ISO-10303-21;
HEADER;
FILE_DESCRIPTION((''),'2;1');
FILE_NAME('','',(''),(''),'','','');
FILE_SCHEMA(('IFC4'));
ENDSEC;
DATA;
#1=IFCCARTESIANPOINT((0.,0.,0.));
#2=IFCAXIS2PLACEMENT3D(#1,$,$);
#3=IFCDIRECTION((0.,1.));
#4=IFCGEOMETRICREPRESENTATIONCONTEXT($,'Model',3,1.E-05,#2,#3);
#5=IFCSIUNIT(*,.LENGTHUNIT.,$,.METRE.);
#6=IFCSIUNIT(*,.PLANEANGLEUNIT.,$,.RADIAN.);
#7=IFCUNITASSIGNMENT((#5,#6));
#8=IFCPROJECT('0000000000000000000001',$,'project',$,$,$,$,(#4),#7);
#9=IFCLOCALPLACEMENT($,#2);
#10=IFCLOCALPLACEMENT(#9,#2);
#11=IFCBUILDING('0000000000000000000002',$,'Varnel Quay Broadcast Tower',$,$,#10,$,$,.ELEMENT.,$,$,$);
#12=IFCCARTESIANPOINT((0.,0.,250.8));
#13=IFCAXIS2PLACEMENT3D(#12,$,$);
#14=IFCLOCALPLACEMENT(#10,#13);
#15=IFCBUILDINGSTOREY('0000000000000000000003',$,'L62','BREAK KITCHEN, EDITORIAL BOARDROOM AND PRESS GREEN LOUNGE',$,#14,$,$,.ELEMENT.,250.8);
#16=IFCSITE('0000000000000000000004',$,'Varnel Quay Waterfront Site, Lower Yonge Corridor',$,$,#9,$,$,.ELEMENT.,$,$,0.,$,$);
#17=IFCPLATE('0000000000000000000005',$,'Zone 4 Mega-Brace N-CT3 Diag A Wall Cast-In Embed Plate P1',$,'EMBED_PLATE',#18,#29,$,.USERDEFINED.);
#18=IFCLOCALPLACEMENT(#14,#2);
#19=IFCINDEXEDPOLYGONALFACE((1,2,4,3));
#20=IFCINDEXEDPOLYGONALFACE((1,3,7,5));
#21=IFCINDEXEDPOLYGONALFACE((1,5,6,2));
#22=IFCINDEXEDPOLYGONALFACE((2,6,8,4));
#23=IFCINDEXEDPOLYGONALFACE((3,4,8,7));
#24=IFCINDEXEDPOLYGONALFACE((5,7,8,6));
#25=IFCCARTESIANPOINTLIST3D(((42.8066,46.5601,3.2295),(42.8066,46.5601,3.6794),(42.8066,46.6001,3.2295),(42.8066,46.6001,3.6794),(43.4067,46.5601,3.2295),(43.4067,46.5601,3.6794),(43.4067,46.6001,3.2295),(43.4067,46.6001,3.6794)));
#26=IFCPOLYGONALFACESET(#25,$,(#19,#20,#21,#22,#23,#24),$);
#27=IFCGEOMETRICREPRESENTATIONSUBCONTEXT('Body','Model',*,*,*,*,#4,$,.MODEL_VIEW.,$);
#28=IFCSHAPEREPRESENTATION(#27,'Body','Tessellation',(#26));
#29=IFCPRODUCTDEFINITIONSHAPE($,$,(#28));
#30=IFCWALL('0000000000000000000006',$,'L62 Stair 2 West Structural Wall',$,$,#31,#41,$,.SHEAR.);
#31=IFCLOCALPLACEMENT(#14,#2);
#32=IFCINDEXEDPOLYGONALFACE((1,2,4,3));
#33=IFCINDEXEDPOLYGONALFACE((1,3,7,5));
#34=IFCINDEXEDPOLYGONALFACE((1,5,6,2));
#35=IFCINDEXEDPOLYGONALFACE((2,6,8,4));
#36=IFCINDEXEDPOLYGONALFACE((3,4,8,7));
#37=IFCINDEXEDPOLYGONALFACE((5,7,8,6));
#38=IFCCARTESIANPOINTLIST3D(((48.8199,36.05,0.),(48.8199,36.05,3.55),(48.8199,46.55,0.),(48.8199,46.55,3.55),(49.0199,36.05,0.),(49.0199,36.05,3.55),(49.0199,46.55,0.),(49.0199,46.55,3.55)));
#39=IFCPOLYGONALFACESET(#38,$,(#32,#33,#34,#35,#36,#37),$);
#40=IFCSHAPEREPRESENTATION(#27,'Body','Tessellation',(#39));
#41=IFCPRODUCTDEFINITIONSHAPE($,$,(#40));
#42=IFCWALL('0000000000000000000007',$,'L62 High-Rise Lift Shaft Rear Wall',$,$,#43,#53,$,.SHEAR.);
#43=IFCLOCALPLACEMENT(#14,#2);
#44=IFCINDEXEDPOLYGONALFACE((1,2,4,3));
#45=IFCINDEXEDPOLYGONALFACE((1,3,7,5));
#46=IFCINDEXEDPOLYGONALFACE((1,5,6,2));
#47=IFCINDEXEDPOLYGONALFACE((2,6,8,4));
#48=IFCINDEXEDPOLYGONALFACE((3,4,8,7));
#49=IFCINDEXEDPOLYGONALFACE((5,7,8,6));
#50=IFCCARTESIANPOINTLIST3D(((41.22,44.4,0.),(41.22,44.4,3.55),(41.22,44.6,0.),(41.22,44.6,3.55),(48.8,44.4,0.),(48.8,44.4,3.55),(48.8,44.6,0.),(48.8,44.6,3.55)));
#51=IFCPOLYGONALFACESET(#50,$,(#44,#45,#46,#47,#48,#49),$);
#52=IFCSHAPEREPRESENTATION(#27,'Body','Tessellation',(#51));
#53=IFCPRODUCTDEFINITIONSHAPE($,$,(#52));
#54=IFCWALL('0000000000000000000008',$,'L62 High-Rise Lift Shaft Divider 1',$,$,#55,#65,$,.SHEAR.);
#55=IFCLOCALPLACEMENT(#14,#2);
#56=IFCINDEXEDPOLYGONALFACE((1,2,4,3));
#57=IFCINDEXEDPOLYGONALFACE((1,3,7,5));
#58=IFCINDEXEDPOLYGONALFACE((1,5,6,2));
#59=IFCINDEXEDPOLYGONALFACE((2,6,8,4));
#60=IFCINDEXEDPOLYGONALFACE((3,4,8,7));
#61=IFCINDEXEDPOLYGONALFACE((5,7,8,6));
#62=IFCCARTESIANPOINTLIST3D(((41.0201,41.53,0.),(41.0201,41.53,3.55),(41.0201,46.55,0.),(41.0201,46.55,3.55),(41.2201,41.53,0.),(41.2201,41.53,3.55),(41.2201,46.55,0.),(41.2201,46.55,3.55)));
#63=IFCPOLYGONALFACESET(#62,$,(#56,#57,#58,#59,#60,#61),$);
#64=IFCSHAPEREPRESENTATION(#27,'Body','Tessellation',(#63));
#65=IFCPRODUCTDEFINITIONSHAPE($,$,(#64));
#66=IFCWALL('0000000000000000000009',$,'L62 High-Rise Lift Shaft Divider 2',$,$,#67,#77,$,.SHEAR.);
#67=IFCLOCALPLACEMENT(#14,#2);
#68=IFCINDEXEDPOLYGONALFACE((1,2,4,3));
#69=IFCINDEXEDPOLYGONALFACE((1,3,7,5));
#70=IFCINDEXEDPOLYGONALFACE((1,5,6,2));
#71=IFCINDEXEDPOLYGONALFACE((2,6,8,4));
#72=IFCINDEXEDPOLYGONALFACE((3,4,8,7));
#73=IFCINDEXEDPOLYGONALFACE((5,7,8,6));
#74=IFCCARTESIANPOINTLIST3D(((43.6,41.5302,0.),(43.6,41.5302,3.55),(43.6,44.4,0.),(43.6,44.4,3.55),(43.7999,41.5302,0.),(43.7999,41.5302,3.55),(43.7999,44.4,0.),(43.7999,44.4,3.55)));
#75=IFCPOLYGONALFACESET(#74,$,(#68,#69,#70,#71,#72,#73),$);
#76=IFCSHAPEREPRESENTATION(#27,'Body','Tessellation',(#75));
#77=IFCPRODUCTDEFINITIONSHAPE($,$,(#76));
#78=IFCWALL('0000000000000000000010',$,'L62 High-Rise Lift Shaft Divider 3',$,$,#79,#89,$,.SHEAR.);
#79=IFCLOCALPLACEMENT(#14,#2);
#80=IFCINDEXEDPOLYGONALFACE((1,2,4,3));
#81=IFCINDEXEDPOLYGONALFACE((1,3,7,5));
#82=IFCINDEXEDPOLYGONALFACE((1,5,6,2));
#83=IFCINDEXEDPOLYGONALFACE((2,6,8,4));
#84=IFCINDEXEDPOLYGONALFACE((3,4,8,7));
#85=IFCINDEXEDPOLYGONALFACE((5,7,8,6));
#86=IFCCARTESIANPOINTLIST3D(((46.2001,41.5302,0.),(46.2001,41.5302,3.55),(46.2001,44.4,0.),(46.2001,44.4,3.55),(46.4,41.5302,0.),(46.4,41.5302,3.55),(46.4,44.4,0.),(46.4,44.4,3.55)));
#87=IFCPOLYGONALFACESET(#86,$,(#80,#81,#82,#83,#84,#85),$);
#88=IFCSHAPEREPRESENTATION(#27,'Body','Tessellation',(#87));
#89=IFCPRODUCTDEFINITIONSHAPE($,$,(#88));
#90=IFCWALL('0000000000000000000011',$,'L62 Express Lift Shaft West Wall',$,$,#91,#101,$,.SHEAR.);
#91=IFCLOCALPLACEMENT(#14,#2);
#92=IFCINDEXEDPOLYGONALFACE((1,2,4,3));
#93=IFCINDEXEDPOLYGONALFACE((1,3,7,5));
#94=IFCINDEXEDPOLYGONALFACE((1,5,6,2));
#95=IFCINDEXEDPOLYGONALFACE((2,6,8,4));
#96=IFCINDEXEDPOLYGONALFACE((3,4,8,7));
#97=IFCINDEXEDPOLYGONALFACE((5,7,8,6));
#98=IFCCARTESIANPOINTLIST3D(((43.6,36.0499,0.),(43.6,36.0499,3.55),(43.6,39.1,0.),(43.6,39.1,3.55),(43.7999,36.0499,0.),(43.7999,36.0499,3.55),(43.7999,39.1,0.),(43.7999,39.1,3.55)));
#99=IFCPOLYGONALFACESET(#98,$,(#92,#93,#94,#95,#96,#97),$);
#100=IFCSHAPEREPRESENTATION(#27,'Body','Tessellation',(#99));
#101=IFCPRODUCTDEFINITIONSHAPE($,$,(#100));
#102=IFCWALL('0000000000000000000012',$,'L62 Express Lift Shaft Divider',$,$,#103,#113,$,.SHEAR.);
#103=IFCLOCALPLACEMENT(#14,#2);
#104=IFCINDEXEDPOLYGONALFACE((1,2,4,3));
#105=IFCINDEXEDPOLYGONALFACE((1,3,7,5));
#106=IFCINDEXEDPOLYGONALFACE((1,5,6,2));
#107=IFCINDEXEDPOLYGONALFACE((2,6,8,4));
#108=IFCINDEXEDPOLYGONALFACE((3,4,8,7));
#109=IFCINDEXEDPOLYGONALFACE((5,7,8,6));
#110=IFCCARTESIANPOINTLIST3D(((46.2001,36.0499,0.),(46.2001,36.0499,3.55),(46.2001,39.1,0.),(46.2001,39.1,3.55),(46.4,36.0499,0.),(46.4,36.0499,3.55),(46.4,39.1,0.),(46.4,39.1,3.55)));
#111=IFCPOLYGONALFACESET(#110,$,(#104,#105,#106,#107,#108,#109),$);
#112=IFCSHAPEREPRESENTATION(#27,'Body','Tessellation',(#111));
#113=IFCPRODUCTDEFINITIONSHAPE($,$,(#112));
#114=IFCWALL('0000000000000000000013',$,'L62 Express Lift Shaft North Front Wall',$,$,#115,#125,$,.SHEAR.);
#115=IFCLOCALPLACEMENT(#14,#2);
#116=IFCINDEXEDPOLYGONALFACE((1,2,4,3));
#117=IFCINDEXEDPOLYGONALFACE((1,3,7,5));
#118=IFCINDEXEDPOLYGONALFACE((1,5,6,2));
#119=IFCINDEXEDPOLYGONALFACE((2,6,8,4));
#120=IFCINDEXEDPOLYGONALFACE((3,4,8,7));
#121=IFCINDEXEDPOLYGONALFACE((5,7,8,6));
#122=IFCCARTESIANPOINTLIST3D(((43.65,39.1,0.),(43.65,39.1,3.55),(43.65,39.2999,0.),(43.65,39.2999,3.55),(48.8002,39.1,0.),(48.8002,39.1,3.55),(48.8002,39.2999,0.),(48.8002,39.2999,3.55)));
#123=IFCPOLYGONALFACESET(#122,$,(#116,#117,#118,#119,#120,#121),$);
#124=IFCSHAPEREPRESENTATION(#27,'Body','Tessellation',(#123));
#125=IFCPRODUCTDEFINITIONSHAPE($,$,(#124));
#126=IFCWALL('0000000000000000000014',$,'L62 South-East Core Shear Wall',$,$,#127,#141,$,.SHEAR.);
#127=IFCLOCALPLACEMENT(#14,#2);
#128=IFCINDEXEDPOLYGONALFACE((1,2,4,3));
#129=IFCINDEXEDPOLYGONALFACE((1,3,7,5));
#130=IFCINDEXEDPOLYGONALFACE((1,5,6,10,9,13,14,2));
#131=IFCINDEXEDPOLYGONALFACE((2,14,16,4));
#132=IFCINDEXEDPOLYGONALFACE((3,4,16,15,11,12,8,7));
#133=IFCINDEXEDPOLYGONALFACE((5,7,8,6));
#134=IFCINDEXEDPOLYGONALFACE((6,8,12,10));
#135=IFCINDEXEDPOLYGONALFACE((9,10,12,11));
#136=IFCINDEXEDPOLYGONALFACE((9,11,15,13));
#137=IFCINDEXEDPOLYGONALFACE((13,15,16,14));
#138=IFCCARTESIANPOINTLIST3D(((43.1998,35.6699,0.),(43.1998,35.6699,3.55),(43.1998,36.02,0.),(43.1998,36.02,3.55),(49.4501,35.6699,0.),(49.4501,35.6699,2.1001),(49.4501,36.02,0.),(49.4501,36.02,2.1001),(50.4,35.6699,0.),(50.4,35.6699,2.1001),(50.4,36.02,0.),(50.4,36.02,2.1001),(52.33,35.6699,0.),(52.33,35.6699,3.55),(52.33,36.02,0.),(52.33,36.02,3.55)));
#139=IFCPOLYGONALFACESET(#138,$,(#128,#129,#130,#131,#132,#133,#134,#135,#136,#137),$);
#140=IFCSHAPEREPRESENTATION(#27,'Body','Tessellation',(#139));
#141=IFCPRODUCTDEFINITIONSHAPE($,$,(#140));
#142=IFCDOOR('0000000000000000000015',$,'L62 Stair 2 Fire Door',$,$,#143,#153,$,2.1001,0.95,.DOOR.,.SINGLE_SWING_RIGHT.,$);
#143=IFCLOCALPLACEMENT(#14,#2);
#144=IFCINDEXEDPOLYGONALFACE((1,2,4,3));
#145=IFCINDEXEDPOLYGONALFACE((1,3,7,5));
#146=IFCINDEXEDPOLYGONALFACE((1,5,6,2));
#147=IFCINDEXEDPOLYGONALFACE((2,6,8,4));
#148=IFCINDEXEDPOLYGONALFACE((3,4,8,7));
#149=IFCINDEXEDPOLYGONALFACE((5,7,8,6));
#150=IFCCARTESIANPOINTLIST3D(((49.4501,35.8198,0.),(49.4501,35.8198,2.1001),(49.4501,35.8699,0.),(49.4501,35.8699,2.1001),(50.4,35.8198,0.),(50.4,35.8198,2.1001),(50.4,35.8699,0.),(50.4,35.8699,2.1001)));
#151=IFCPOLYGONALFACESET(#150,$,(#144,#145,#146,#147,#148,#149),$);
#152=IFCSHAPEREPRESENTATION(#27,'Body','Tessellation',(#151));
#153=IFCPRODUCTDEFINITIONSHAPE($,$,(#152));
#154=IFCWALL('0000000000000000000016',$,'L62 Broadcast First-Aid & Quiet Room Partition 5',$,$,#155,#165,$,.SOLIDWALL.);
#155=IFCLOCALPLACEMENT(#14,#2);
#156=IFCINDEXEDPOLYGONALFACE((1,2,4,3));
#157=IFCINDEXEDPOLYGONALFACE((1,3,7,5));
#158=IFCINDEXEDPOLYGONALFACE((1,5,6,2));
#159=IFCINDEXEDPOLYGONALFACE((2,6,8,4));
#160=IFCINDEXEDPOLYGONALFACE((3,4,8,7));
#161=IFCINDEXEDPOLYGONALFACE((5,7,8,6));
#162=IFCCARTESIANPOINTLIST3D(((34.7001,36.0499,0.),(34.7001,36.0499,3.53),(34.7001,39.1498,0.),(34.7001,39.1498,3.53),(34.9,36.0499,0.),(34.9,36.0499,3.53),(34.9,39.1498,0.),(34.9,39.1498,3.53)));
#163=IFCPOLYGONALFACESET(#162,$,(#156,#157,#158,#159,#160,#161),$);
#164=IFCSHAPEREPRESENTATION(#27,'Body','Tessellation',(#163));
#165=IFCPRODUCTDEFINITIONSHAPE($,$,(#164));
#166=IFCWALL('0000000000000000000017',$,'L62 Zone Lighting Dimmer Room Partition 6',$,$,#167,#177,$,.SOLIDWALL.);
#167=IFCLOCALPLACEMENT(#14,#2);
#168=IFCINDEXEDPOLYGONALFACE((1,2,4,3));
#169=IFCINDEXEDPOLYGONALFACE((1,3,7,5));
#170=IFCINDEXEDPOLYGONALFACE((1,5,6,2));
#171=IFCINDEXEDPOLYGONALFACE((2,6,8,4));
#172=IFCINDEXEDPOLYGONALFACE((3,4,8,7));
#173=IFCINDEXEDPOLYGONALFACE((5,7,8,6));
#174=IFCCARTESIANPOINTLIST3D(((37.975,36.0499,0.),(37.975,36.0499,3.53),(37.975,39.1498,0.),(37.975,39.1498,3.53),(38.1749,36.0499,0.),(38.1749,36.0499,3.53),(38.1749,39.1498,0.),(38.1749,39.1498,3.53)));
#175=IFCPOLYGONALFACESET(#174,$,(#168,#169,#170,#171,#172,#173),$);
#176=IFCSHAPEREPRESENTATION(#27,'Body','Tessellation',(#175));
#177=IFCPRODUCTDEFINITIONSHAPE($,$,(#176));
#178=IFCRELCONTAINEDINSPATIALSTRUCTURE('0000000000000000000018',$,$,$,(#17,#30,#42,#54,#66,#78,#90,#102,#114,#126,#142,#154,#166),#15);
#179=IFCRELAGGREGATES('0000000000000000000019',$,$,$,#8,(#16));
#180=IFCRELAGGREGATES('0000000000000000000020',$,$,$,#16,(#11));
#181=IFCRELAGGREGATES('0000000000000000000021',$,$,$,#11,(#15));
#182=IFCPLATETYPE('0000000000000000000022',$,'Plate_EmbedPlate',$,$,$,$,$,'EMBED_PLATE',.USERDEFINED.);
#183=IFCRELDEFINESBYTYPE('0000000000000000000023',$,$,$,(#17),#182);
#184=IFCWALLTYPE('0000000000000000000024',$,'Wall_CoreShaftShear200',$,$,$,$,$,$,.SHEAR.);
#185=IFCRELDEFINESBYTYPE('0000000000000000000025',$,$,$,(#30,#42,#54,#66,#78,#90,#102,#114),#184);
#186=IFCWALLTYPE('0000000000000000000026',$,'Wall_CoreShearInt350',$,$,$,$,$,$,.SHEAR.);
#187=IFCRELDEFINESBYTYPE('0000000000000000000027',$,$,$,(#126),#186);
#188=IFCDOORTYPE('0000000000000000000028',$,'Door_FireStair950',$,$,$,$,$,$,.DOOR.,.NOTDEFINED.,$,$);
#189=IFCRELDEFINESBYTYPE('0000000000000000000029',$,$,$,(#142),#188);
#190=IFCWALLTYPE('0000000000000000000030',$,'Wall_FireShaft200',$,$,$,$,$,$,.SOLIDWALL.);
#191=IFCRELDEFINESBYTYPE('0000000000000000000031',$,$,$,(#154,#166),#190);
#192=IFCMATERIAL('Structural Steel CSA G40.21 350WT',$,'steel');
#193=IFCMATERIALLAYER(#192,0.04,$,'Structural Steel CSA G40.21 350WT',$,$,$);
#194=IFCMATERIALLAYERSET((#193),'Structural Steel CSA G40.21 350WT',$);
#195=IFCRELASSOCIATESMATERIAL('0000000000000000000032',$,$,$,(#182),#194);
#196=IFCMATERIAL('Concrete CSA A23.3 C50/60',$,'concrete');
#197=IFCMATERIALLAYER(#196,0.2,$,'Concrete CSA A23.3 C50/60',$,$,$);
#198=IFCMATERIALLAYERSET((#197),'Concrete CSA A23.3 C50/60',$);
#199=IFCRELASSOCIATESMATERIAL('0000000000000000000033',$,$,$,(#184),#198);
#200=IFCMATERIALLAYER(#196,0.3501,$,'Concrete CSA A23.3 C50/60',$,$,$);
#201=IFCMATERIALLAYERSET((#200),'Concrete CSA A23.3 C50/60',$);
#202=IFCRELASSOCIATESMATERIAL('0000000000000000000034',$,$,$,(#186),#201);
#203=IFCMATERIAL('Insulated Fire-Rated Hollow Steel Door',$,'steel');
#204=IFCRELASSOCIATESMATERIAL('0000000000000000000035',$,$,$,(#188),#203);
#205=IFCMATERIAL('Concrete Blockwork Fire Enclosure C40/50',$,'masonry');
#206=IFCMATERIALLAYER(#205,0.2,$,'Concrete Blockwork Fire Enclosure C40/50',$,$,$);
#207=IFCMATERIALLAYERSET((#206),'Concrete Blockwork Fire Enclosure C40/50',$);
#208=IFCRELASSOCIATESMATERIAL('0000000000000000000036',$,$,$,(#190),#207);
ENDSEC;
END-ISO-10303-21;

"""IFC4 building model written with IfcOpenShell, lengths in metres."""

from ifc_helpers import new_model, si_unit, direction, frame, frame_2d, origin, origin_2d, place, context, subcontext, project, spatial, rectangle, extrude, source, transform, mapped, material, layer, layer_set, type_object, type_shapes, element, fill, save


model = new_model("IFC4")

# Units and contexts
model_context = context("Model", 3, precision=1e-05, world=origin(), true_north=direction((0.0, 1.0)))
body_context = subcontext(model_context, "Body", "Model", "MODEL_VIEW")
ifc_project = project(units=[si_unit("LENGTHUNIT", "METRE"), si_unit("PLANEANGLEUNIT", "RADIAN")], contexts=[model_context])

# Site, building, storey
site_placement = place(None, origin())
site = spatial("IfcSite", under=ifc_project, at=site_placement, Name="Varnel Quay Waterfront Site, Lower Yonge Corridor", CompositionType="ELEMENT", RefElevation=0.0)
building_placement = place(site_placement, origin())
building = spatial("IfcBuilding", under=site, at=building_placement, Name="Varnel Quay Broadcast Tower", CompositionType="ELEMENT")
storey_placement = place(building_placement, frame((0.0, 0.0, 250.8)))
storey = spatial("IfcBuildingStorey", under=building, at=storey_placement, Name="L62", Description="BREAK KITCHEN, EDITORIAL BOARDROOM AND PRESS GREEN LOUNGE", CompositionType="ELEMENT", Elevation=250.8)

# Shared definitions
ifc_material_1 = material(Name="Structural Steel CSA G40.21 350WT", Category="steel")

# Shared definitions
ifc_material_2 = material(Name="Concrete CSA A23.3 C50/60", Category="concrete")

# Plate
ifc_layer_1 = layer(ifc_material_1, 0.04, Name="Structural Steel CSA G40.21 350WT")
ifc_layer_set_1 = layer_set([ifc_layer_1], Name="Structural Steel CSA G40.21 350WT")
plate_type = type_object("IfcPlateType", Name="Plate_EmbedPlate", ElementType="EMBED_PLATE", PredefinedType="USERDEFINED", material=ifc_layer_set_1)
shared_shape_1 = source(origin(), body_context, "Body", "SweptSolid", [
    extrude(rectangle(XDim=0.6001, YDim=0.04, at=origin_2d()), origin(), (0.0, 0.0, 1.0), 0.45),
])
type_shapes(plate_type, [shared_shape_1])
plate_placement = place(storey_placement, frame((43.1067, 46.5801, 3.2295), z_axis=(0.0, 0.0, 1.0), x_axis=(1.0, 0.0, 0.0)))
element("IfcPlate", 1, at=plate_placement, inside=storey, type_object=plate_type, Name="Zone 4 Mega-Brace N-CT3 Diag A Wall Cast-In Embed Plate P1", ObjectType="EMBED_PLATE", PredefinedType="USERDEFINED", context=body_context, shape_type="MappedRepresentation", body=[
    mapped(shared_shape_1, transform((0.0, 0.0, 0.0), x_axis=(1.0, 0.0, 0.0), y_axis=(0.0, 1.0, 0.0), z_axis=(0.0, 0.0, 1.0), scale=1.0)),
])

# Walls
ifc_layer_2 = layer(ifc_material_2, 0.2, Name="Concrete CSA A23.3 C50/60")
ifc_layer_set_2 = layer_set([ifc_layer_2], Name="Concrete CSA A23.3 C50/60")
wall_type_1 = type_object("IfcWallType", Name="Wall_CoreShaftShear200", PredefinedType="SHEAR", material=ifc_layer_set_2)
wall_1_placement = place(storey_placement, frame((48.9199, 36.05, 0.0), z_axis=(0.0, 0.0, 1.0), x_axis=(0.0, 1.0, 0.0)))
element("IfcWall", 2, at=wall_1_placement, inside=storey, type_object=wall_type_1, Name="L62 Stair 2 West Structural Wall", PredefinedType="SHEAR", context=body_context, shape_type="SweptSolid", body=[
    extrude(rectangle(XDim=10.5, YDim=0.2, at=frame_2d((5.25, 0.0))), origin(), (0.0, 0.0, 1.0), 3.55),
])
wall_2_placement = place(storey_placement, frame((41.22, 44.5, 0.0), z_axis=(0.0, 0.0, 1.0), x_axis=(1.0, 0.0, 0.0)))
element("IfcWall", 3, at=wall_2_placement, inside=storey, type_object=wall_type_1, Name="L62 High-Rise Lift Shaft Rear Wall", PredefinedType="SHEAR", context=body_context, shape_type="SweptSolid", body=[
    extrude(rectangle(XDim=7.5801, YDim=0.2, at=frame_2d((3.79, 0.0))), origin(), (0.0, 0.0, 1.0), 3.55),
])
wall_3_placement = place(storey_placement, frame((41.1201, 41.53, 0.0), z_axis=(0.0, 0.0, 1.0), x_axis=(0.0, 1.0, 0.0)))
element("IfcWall", 4, at=wall_3_placement, inside=storey, type_object=wall_type_1, Name="L62 High-Rise Lift Shaft Divider 1", PredefinedType="SHEAR", context=body_context, shape_type="SweptSolid", body=[
    extrude(rectangle(XDim=5.02, YDim=0.2, at=frame_2d((2.51, 0.0))), origin(), (0.0, 0.0, 1.0), 3.55),
])
for number, where, z_axis, x_axis, name in (
    (5, (43.7, 41.53, 0.0), (0.0, 0.0, 1.0), (0.0, 1.0, 0.0), "L62 High-Rise Lift Shaft Divider 2"),
    (6, (46.3, 41.53, 0.0), (0.0, 0.0, 1.0), (0.0, 1.0, 0.0), "L62 High-Rise Lift Shaft Divider 3"),
):
    element("IfcWall", number, at=place(storey_placement, frame(where, z_axis=z_axis, x_axis=x_axis)), inside=storey, type_object=wall_type_1, Name=name, PredefinedType="SHEAR", context=body_context, shape_type="SweptSolid", body=[
        extrude(rectangle(XDim=2.8699, YDim=0.2, at=frame_2d((1.4351, 0.0))), origin(), (0.0, 0.0, 1.0), 3.55),
    ])
for number, where, z_axis, x_axis, name in (
    (7, (43.7, 36.05, 0.0), (0.0, 0.0, 1.0), (0.0, 1.0, 0.0), "L62 Express Lift Shaft West Wall"),
    (8, (46.3, 36.05, 0.0), (0.0, 0.0, 1.0), (0.0, 1.0, 0.0), "L62 Express Lift Shaft Divider"),
):
    element("IfcWall", number, at=place(storey_placement, frame(where, z_axis=z_axis, x_axis=x_axis)), inside=storey, type_object=wall_type_1, Name=name, PredefinedType="SHEAR", context=body_context, shape_type="SweptSolid", body=[
        extrude(rectangle(XDim=3.05, YDim=0.2, at=frame_2d((1.5249, 0.0))), origin(), (0.0, 0.0, 1.0), 3.55),
    ])
wall_4_placement = place(storey_placement, frame((43.6499, 39.2, 0.0), z_axis=(0.0, 0.0, 1.0), x_axis=(1.0, 0.0, 0.0)))
element("IfcWall", 9, at=wall_4_placement, inside=storey, type_object=wall_type_1, Name="L62 Express Lift Shaft North Front Wall", PredefinedType="SHEAR", context=body_context, shape_type="SweptSolid", body=[
    extrude(rectangle(XDim=5.1501, YDim=0.2, at=frame_2d((2.5752, 0.0))), origin(), (0.0, 0.0, 1.0), 3.55),
])

# Wall, opening, door
ifc_layer_3 = layer(ifc_material_2, 0.3501, Name="Concrete CSA A23.3 C50/60")
ifc_layer_set_3 = layer_set([ifc_layer_3], Name="Concrete CSA A23.3 C50/60")
wall_type_2 = type_object("IfcWallType", Name="Wall_CoreShearInt350", PredefinedType="SHEAR", material=ifc_layer_set_3)
wall_5_placement = place(storey_placement, frame((43.2, 35.845, 0.0), z_axis=(0.0, 0.0, 1.0), x_axis=(1.0, 0.0, 0.0)))
wall_5 = element("IfcWall", 10, at=wall_5_placement, inside=storey, type_object=wall_type_2, Name="L62 South-East Core Shear Wall", PredefinedType="SHEAR", context=body_context, shape_type="SweptSolid", body=[
    extrude(rectangle(XDim=9.1301, YDim=0.3501, at=frame_2d((4.5649, 0.0))), origin(), (0.0, 0.0, 1.0), 3.55),
])
opening_1_placement = place(wall_5_placement, frame((6.25, 0.0, 0.0)))
opening_1 = element("IfcOpeningElement", 11, at=opening_1_placement, cuts=wall_5, PredefinedType="OPENING", context=body_context, shape_type="SweptSolid", body=[
    extrude(rectangle(XDim=0.95, YDim=2.1001, at=frame_2d((0.4751, 1.05))), frame((0.0, 0.1851, 0.0), z_axis=(0.0, -1.0, 0.0), x_axis=(1.0, 0.0, 0.0)), (0.0, 0.0, 1.0), 0.3701),
])
ifc_material_3 = material(Name="Insulated Fire-Rated Hollow Steel Door", Category="steel")
door_type_1 = type_object("IfcDoorType", Name="Door_FireStair950", OperationType="NOTDEFINED", PredefinedType="DOOR", material=ifc_material_3)
shared_shape_2 = source(origin(), body_context, "Body", "SweptSolid", [
    extrude(rectangle(XDim=0.95, YDim=2.1001, at=frame_2d((0.4751, 1.05))), frame((0.0, 0.0249, 0.0), z_axis=(0.0, -1.0, 0.0), x_axis=(1.0, 0.0, 0.0)), (0.0, 0.0, 1.0), 0.05),
])
type_shapes(door_type_1, [shared_shape_2])
door_1_placement = place(opening_1_placement, origin())
door_1 = element("IfcDoor", 12, at=door_1_placement, inside=storey, type_object=door_type_1, Name="L62 Stair 2 Fire Door", OperationType="SINGLE_SWING_RIGHT", OverallHeight=2.1001, OverallWidth=0.95, PredefinedType="DOOR", context=body_context, shape_type="MappedRepresentation", body=[
    mapped(shared_shape_2, transform((0.0, 0.0, 0.0), x_axis=(1.0, 0.0, 0.0), y_axis=(0.0, 1.0, 0.0), z_axis=(0.0, 0.0, 1.0), scale=1.0)),
])
fill(opening_1, door_1)

# Walls
ifc_material_4 = material(Name="Concrete Blockwork Fire Enclosure C40/50", Category="masonry")
ifc_layer_4 = layer(ifc_material_4, 0.2, Name="Concrete Blockwork Fire Enclosure C40/50")
ifc_layer_set_4 = layer_set([ifc_layer_4], Name="Concrete Blockwork Fire Enclosure C40/50")
wall_type_3 = type_object("IfcWallType", Name="Wall_FireShaft200", PredefinedType="SOLIDWALL", material=ifc_layer_set_4)
for number, where, z_axis, x_axis, name in (
    (13, (34.8, 36.05, 0.0), (0.0, 0.0, 1.0), (0.0, 1.0, 0.0), "L62 Broadcast First-Aid & Quiet Room Partition 5"),
    (14, (38.075, 36.05, 0.0), (0.0, 0.0, 1.0), (0.0, 1.0, 0.0), "L62 Zone Lighting Dimmer Room Partition 6"),
):
    element("IfcWall", number, at=place(storey_placement, frame(where, z_axis=z_axis, x_axis=x_axis)), inside=storey, type_object=wall_type_3, Name=name, PredefinedType="SOLIDWALL", context=body_context, shape_type="SweptSolid", body=[
        extrude(rectangle(XDim=3.0999, YDim=0.2, at=frame_2d((1.5498, 0.0))), origin(), (0.0, 0.0, 1.0), 3.53),
    ])

save(model, "model.ifc")
